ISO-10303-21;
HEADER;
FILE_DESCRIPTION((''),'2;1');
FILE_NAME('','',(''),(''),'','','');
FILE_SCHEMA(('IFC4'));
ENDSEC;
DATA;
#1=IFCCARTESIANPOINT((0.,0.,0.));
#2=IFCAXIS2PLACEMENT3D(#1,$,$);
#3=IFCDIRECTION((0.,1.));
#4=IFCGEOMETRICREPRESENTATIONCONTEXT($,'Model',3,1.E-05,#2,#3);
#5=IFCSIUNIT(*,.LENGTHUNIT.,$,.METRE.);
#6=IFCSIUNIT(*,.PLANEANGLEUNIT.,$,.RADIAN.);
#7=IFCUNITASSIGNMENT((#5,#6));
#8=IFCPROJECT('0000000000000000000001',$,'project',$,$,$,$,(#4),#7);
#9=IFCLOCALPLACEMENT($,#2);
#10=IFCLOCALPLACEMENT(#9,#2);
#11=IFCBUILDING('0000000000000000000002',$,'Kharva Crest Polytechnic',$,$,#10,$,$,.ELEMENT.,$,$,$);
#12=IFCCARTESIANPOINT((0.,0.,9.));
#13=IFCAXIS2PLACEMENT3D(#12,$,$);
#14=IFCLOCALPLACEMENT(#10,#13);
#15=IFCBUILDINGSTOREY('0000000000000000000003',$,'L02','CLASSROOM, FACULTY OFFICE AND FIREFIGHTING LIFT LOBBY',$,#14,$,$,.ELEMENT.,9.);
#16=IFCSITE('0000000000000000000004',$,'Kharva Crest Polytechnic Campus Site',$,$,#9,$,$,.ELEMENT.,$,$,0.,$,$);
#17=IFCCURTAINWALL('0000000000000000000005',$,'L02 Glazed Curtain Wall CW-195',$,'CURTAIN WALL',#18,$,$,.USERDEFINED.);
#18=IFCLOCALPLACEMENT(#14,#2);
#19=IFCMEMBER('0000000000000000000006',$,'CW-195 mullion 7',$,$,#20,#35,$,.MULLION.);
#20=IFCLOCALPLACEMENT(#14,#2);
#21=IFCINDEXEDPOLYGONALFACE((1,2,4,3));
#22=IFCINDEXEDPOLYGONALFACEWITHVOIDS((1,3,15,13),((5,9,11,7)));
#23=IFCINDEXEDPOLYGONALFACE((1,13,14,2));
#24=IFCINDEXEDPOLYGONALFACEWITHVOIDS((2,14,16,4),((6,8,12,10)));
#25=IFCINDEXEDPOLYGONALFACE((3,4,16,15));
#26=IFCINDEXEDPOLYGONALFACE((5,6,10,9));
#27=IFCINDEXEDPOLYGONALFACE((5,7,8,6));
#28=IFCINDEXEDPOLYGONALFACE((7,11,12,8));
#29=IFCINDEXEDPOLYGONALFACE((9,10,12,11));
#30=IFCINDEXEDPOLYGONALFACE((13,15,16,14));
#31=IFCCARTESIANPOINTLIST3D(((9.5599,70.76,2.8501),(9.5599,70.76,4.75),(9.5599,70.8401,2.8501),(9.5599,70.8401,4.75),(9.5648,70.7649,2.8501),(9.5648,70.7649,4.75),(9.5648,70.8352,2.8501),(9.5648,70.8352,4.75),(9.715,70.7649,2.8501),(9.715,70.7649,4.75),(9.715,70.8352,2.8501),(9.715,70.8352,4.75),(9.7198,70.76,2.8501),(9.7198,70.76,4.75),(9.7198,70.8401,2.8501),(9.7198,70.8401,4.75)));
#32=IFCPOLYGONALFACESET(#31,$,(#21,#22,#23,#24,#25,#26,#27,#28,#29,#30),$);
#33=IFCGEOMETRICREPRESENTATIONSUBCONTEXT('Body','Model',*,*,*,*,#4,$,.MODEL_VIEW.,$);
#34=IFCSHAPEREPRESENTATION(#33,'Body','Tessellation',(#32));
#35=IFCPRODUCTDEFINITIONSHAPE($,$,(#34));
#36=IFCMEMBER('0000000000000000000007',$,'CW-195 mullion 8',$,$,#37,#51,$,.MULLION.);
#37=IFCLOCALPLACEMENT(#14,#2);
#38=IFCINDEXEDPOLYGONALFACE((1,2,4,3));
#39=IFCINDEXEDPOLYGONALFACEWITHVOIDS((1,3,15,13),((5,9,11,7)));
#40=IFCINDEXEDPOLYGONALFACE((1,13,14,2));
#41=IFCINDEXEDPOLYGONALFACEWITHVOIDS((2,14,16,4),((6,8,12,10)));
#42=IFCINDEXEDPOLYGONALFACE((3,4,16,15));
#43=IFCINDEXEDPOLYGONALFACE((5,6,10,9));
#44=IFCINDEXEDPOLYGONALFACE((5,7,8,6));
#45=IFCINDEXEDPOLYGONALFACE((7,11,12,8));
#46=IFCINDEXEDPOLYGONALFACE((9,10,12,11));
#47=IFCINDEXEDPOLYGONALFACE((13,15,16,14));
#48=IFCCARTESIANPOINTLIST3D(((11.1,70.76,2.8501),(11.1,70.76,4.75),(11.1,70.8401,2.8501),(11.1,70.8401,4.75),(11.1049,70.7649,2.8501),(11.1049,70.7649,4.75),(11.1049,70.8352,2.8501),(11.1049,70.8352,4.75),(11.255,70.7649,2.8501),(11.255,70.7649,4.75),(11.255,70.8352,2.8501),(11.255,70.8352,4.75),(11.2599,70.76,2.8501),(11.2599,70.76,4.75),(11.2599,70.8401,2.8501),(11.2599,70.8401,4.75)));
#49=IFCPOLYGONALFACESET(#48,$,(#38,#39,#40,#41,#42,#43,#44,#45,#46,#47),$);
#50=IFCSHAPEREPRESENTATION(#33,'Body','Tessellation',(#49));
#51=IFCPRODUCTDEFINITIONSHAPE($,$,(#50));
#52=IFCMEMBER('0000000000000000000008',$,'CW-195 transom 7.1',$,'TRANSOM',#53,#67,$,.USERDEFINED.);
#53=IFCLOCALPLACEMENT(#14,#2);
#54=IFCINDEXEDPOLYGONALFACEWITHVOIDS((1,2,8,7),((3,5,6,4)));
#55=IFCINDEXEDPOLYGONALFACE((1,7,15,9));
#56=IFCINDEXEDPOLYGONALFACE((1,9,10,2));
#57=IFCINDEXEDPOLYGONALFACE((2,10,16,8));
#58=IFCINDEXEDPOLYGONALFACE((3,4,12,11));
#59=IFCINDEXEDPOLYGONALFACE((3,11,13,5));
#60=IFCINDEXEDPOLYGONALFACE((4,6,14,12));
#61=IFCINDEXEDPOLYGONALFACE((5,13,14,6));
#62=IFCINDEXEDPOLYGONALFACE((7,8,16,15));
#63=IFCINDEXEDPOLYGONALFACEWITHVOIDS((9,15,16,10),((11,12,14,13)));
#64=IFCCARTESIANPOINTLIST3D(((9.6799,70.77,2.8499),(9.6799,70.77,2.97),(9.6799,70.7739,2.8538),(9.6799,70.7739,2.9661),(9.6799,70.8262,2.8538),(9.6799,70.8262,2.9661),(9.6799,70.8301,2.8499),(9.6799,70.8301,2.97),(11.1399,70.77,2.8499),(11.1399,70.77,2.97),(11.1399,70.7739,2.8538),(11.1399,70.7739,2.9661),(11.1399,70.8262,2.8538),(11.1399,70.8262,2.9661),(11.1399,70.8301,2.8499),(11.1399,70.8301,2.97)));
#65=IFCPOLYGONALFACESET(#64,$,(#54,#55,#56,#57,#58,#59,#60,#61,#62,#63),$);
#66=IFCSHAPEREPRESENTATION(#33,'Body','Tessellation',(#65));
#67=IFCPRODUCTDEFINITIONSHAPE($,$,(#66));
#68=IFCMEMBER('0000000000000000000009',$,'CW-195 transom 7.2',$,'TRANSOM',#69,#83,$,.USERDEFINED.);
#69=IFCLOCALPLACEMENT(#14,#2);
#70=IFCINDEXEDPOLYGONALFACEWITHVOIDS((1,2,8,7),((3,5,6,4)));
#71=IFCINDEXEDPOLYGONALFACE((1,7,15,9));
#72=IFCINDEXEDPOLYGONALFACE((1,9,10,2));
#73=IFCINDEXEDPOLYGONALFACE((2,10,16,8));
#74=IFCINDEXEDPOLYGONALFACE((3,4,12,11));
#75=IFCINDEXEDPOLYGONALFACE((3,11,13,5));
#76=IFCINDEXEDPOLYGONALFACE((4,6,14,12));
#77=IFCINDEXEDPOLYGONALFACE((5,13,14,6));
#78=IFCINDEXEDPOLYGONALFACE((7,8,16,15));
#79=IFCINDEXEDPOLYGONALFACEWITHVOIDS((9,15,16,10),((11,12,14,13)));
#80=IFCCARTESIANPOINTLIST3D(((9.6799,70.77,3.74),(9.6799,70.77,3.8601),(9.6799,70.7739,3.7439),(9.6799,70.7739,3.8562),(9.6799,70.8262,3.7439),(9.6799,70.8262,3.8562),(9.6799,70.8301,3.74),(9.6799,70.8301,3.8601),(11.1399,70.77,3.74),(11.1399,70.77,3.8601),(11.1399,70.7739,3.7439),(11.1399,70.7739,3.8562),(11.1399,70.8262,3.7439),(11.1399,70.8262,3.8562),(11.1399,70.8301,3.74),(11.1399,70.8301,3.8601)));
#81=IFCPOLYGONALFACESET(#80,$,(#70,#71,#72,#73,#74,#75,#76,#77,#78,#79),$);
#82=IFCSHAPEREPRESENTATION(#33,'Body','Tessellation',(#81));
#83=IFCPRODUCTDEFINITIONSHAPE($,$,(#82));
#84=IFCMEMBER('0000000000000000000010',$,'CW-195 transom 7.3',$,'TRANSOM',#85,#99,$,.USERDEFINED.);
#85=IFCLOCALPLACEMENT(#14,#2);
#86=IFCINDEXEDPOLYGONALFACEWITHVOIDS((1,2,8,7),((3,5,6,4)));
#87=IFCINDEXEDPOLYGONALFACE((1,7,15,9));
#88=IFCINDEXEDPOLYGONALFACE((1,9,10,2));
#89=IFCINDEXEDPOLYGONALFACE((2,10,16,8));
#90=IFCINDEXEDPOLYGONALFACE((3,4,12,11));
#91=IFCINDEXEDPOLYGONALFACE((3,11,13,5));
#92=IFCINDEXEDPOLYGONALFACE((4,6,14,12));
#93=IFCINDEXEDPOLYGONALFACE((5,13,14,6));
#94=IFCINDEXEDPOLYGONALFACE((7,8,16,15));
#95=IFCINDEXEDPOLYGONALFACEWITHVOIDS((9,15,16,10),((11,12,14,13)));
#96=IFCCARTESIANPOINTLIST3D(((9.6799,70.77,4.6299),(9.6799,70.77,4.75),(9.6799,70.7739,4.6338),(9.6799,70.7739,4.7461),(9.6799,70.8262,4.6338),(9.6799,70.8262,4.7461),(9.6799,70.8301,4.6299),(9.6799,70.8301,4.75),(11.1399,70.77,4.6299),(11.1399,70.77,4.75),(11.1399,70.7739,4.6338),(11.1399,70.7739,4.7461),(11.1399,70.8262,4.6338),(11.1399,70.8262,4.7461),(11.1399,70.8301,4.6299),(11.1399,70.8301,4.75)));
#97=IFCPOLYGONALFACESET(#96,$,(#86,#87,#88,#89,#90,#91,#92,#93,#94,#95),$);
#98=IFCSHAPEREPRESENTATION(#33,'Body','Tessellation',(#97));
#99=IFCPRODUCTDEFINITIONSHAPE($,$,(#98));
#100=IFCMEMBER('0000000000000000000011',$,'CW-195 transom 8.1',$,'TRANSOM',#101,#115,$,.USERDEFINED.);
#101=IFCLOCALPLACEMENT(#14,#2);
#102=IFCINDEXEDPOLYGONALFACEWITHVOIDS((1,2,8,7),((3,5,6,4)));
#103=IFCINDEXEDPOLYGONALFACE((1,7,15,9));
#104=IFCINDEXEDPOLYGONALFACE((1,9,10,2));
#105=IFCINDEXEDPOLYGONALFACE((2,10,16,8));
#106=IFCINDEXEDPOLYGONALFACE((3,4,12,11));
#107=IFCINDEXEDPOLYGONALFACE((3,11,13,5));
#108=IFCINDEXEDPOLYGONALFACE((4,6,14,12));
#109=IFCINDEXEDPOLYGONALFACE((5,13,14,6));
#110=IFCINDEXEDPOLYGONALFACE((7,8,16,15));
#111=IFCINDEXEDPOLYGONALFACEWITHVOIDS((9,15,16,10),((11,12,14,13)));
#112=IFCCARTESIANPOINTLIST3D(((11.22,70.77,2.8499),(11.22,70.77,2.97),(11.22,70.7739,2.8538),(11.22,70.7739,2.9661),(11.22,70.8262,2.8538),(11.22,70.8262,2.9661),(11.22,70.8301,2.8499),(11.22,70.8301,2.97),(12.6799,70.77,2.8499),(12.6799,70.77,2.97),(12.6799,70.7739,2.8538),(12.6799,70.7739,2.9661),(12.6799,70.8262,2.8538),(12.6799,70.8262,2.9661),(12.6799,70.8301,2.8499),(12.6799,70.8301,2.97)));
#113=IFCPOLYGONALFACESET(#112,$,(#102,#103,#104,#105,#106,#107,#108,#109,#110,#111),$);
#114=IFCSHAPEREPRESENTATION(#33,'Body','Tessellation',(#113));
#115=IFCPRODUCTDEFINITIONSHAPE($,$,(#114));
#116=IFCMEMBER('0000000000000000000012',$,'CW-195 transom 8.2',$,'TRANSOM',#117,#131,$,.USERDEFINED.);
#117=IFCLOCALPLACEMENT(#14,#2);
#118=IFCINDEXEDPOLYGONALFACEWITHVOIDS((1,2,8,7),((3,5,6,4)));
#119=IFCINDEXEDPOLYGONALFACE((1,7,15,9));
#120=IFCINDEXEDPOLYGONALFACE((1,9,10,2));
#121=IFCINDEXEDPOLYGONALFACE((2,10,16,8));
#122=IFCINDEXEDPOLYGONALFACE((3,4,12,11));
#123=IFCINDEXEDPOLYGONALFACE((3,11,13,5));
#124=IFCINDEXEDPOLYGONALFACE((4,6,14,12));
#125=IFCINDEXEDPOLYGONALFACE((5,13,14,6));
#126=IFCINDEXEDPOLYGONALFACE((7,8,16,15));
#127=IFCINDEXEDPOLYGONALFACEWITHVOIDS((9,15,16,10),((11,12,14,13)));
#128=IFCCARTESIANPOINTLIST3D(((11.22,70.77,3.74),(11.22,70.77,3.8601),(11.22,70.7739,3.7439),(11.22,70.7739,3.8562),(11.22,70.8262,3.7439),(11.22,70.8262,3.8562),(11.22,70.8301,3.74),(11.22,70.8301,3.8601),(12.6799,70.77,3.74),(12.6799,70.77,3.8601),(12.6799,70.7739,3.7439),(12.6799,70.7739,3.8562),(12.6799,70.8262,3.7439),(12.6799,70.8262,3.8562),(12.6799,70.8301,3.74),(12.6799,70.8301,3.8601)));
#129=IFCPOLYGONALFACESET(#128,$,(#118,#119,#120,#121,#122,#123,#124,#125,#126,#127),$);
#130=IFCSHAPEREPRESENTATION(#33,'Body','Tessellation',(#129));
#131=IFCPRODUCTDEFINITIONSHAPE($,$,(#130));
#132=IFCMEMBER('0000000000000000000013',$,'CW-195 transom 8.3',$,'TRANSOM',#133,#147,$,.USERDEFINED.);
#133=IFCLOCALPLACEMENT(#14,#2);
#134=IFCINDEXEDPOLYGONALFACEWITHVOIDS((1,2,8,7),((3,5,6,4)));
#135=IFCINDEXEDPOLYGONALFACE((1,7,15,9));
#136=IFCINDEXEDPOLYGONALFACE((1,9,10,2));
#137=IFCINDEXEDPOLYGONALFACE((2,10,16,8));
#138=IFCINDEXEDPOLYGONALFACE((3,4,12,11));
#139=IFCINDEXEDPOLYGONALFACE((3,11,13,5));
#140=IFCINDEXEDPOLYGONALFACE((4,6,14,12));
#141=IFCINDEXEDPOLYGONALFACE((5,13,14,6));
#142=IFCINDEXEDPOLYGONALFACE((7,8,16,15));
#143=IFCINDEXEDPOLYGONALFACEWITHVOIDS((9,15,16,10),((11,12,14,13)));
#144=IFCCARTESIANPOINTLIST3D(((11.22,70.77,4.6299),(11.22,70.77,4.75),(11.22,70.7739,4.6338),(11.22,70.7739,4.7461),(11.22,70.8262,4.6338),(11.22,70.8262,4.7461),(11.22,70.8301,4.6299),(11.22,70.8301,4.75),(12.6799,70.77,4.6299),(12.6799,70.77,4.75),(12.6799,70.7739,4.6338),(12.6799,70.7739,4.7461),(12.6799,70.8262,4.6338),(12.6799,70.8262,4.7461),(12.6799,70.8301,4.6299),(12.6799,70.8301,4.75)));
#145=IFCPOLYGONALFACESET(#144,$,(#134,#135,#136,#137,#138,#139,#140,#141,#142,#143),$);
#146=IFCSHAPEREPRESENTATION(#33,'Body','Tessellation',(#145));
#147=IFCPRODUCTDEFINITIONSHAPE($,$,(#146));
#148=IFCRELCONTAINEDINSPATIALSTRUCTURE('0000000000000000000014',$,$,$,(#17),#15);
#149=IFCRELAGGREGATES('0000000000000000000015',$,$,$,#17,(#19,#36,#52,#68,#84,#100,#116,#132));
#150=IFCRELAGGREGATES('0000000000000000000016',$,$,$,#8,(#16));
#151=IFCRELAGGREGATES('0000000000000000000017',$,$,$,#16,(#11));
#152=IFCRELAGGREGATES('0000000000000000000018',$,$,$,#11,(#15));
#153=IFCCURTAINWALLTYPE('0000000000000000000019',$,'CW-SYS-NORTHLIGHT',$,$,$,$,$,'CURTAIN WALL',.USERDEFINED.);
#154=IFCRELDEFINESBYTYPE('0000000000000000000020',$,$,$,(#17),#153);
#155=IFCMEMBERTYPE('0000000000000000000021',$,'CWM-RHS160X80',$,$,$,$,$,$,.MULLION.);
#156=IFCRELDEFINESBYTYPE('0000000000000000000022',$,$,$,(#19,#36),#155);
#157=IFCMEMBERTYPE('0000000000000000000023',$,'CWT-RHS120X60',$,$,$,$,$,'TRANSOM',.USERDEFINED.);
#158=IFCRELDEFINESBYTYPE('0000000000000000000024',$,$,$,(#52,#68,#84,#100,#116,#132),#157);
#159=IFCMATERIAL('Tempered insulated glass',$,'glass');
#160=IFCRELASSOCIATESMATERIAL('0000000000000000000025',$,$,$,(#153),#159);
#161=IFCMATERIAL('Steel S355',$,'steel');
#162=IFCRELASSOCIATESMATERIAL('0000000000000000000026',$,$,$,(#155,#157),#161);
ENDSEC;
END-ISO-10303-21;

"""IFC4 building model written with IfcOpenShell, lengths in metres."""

from ifc_helpers import new_model, si_unit, direction, frame, origin, origin_2d, place, context, subcontext, project, spatial, hollow_rectangle, extrude, material, material_profile, profile_set, type_object, element, aggregate, save


model = new_model("IFC4")

# Units and contexts
model_context = context("Model", 3, precision=1e-05, world=origin(), true_north=direction((0.0, 1.0)))
body_context = subcontext(model_context, "Body", "Model", "MODEL_VIEW")
ifc_project = project(units=[si_unit("LENGTHUNIT", "METRE"), si_unit("PLANEANGLEUNIT", "RADIAN")], contexts=[model_context])

# Site, building, storey
site_placement = place(None, origin())
site = spatial("IfcSite", under=ifc_project, at=site_placement, Name="Kharva Crest Polytechnic Campus Site", CompositionType="ELEMENT", RefElevation=0.0)
building_placement = place(site_placement, origin())
building = spatial("IfcBuilding", under=site, at=building_placement, Name="Kharva Crest Polytechnic", CompositionType="ELEMENT")
storey_placement = place(building_placement, frame((0.0, 0.0, 9.0)))
storey = spatial("IfcBuildingStorey", under=building, at=storey_placement, Name="L02", Description="CLASSROOM, FACULTY OFFICE AND FIREFIGHTING LIFT LOBBY", CompositionType="ELEMENT", Elevation=9.0)

# Curtain wall, members
ifc_material_1 = material(Name="Tempered insulated glass", Category="glass")
curtain_wall_type = type_object("IfcCurtainWallType", Name="CW-SYS-NORTHLIGHT", ElementType="CURTAIN WALL", PredefinedType="USERDEFINED", material=ifc_material_1)
curtain_wall_placement = place(storey_placement, origin())
curtain_wall = element("IfcCurtainWall", 1, at=curtain_wall_placement, inside=storey, type_object=curtain_wall_type, Name="L02 Glazed Curtain Wall CW-195", ObjectType="CURTAIN WALL", PredefinedType="USERDEFINED")
ifc_material_2 = material(Name="Steel S355", Category="steel")
ifc_material_profile_1 = material_profile(ifc_material_2, hollow_rectangle(XDim=0.0801, YDim=0.1599, WallThickness=0.0049, at=origin_2d()), Name="RHS 160X80X5.0")
ifc_profile_set_1 = profile_set([ifc_material_profile_1], Name="Steel S355")
member_type_1 = type_object("IfcMemberType", Name="CWM-RHS160X80", PredefinedType="MULLION", material=ifc_profile_set_1)
member_1_placement = place(storey_placement, frame((9.6399, 70.8, 2.8501), z_axis=(0.0, 0.0, 1.0), x_axis=(0.0, 1.0, 0.0)))
member_1 = element("IfcMember", 2, at=member_1_placement, type_object=member_type_1, Name="CW-195 mullion 7", PredefinedType="MULLION", context=body_context, shape_type="SweptSolid", body=[
    extrude(hollow_rectangle(XDim=0.0801, YDim=0.1599, WallThickness=0.0049, at=origin_2d()), origin(), (0.0, 0.0, 1.0), 1.8999),
])
member_2_placement = place(storey_placement, frame((11.1799, 70.8, 2.8501), z_axis=(0.0, 0.0, 1.0), x_axis=(0.0, 1.0, 0.0)))
member_2 = element("IfcMember", 3, at=member_2_placement, type_object=member_type_1, Name="CW-195 mullion 8", PredefinedType="MULLION", context=body_context, shape_type="SweptSolid", body=[
    extrude(hollow_rectangle(XDim=0.0801, YDim=0.1599, WallThickness=0.0049, at=origin_2d()), origin(), (0.0, 0.0, 1.0), 1.8999),
])
ifc_material_profile_2 = material_profile(ifc_material_2, hollow_rectangle(XDim=0.0601, YDim=0.1201, WallThickness=0.0039, at=origin_2d()), Name="RHS 120X60X4.0")
ifc_profile_set_2 = profile_set([ifc_material_profile_2], Name="Steel S355")
member_type_2 = type_object("IfcMemberType", Name="CWT-RHS120X60", ElementType="TRANSOM", PredefinedType="USERDEFINED", material=ifc_profile_set_2)
member_3_placement = place(storey_placement, frame((9.6799, 70.8, 2.9099), z_axis=(1.0, 0.0, 0.0), x_axis=(0.0, 1.0, 0.0)))
member_3 = element("IfcMember", 4, at=member_3_placement, type_object=member_type_2, Name="CW-195 transom 7.1", ObjectType="TRANSOM", PredefinedType="USERDEFINED", context=body_context, shape_type="SweptSolid", body=[
    extrude(hollow_rectangle(XDim=0.0601, YDim=0.1201, WallThickness=0.0039, at=origin_2d()), origin(), (0.0, 0.0, 1.0), 1.46),
])
member_4_placement = place(storey_placement, frame((9.6799, 70.8, 3.8), z_axis=(1.0, 0.0, 0.0), x_axis=(0.0, 1.0, 0.0)))
member_4 = element("IfcMember", 5, at=member_4_placement, type_object=member_type_2, Name="CW-195 transom 7.2", ObjectType="TRANSOM", PredefinedType="USERDEFINED", context=body_context, shape_type="SweptSolid", body=[
    extrude(hollow_rectangle(XDim=0.0601, YDim=0.1201, WallThickness=0.0039, at=origin_2d()), origin(), (0.0, 0.0, 1.0), 1.46),
])
member_5_placement = place(storey_placement, frame((9.6799, 70.8, 4.6899), z_axis=(1.0, 0.0, 0.0), x_axis=(0.0, 1.0, 0.0)))
member_5 = element("IfcMember", 6, at=member_5_placement, type_object=member_type_2, Name="CW-195 transom 7.3", ObjectType="TRANSOM", PredefinedType="USERDEFINED", context=body_context, shape_type="SweptSolid", body=[
    extrude(hollow_rectangle(XDim=0.0601, YDim=0.1201, WallThickness=0.0039, at=origin_2d()), origin(), (0.0, 0.0, 1.0), 1.46),
])
member_6_placement = place(storey_placement, frame((11.22, 70.8, 2.9099), z_axis=(1.0, 0.0, 0.0), x_axis=(0.0, 1.0, 0.0)))
member_6 = element("IfcMember", 7, at=member_6_placement, type_object=member_type_2, Name="CW-195 transom 8.1", ObjectType="TRANSOM", PredefinedType="USERDEFINED", context=body_context, shape_type="SweptSolid", body=[
    extrude(hollow_rectangle(XDim=0.0601, YDim=0.1201, WallThickness=0.0039, at=origin_2d()), origin(), (0.0, 0.0, 1.0), 1.46),
])
member_7_placement = place(storey_placement, frame((11.22, 70.8, 3.8), z_axis=(1.0, 0.0, 0.0), x_axis=(0.0, 1.0, 0.0)))
member_7 = element("IfcMember", 8, at=member_7_placement, type_object=member_type_2, Name="CW-195 transom 8.2", ObjectType="TRANSOM", PredefinedType="USERDEFINED", context=body_context, shape_type="SweptSolid", body=[
    extrude(hollow_rectangle(XDim=0.0601, YDim=0.1201, WallThickness=0.0039, at=origin_2d()), origin(), (0.0, 0.0, 1.0), 1.46),
])
member_8_placement = place(storey_placement, frame((11.22, 70.8, 4.6899), z_axis=(1.0, 0.0, 0.0), x_axis=(0.0, 1.0, 0.0)))
member_8 = element("IfcMember", 9, at=member_8_placement, type_object=member_type_2, Name="CW-195 transom 8.3", ObjectType="TRANSOM", PredefinedType="USERDEFINED", context=body_context, shape_type="SweptSolid", body=[
    extrude(hollow_rectangle(XDim=0.0601, YDim=0.1201, WallThickness=0.0039, at=origin_2d()), origin(), (0.0, 0.0, 1.0), 1.46),
])

aggregate(curtain_wall, [member_1, member_2, member_3, member_4, member_5, member_6, member_7, member_8])

save(model, "model.ifc")
